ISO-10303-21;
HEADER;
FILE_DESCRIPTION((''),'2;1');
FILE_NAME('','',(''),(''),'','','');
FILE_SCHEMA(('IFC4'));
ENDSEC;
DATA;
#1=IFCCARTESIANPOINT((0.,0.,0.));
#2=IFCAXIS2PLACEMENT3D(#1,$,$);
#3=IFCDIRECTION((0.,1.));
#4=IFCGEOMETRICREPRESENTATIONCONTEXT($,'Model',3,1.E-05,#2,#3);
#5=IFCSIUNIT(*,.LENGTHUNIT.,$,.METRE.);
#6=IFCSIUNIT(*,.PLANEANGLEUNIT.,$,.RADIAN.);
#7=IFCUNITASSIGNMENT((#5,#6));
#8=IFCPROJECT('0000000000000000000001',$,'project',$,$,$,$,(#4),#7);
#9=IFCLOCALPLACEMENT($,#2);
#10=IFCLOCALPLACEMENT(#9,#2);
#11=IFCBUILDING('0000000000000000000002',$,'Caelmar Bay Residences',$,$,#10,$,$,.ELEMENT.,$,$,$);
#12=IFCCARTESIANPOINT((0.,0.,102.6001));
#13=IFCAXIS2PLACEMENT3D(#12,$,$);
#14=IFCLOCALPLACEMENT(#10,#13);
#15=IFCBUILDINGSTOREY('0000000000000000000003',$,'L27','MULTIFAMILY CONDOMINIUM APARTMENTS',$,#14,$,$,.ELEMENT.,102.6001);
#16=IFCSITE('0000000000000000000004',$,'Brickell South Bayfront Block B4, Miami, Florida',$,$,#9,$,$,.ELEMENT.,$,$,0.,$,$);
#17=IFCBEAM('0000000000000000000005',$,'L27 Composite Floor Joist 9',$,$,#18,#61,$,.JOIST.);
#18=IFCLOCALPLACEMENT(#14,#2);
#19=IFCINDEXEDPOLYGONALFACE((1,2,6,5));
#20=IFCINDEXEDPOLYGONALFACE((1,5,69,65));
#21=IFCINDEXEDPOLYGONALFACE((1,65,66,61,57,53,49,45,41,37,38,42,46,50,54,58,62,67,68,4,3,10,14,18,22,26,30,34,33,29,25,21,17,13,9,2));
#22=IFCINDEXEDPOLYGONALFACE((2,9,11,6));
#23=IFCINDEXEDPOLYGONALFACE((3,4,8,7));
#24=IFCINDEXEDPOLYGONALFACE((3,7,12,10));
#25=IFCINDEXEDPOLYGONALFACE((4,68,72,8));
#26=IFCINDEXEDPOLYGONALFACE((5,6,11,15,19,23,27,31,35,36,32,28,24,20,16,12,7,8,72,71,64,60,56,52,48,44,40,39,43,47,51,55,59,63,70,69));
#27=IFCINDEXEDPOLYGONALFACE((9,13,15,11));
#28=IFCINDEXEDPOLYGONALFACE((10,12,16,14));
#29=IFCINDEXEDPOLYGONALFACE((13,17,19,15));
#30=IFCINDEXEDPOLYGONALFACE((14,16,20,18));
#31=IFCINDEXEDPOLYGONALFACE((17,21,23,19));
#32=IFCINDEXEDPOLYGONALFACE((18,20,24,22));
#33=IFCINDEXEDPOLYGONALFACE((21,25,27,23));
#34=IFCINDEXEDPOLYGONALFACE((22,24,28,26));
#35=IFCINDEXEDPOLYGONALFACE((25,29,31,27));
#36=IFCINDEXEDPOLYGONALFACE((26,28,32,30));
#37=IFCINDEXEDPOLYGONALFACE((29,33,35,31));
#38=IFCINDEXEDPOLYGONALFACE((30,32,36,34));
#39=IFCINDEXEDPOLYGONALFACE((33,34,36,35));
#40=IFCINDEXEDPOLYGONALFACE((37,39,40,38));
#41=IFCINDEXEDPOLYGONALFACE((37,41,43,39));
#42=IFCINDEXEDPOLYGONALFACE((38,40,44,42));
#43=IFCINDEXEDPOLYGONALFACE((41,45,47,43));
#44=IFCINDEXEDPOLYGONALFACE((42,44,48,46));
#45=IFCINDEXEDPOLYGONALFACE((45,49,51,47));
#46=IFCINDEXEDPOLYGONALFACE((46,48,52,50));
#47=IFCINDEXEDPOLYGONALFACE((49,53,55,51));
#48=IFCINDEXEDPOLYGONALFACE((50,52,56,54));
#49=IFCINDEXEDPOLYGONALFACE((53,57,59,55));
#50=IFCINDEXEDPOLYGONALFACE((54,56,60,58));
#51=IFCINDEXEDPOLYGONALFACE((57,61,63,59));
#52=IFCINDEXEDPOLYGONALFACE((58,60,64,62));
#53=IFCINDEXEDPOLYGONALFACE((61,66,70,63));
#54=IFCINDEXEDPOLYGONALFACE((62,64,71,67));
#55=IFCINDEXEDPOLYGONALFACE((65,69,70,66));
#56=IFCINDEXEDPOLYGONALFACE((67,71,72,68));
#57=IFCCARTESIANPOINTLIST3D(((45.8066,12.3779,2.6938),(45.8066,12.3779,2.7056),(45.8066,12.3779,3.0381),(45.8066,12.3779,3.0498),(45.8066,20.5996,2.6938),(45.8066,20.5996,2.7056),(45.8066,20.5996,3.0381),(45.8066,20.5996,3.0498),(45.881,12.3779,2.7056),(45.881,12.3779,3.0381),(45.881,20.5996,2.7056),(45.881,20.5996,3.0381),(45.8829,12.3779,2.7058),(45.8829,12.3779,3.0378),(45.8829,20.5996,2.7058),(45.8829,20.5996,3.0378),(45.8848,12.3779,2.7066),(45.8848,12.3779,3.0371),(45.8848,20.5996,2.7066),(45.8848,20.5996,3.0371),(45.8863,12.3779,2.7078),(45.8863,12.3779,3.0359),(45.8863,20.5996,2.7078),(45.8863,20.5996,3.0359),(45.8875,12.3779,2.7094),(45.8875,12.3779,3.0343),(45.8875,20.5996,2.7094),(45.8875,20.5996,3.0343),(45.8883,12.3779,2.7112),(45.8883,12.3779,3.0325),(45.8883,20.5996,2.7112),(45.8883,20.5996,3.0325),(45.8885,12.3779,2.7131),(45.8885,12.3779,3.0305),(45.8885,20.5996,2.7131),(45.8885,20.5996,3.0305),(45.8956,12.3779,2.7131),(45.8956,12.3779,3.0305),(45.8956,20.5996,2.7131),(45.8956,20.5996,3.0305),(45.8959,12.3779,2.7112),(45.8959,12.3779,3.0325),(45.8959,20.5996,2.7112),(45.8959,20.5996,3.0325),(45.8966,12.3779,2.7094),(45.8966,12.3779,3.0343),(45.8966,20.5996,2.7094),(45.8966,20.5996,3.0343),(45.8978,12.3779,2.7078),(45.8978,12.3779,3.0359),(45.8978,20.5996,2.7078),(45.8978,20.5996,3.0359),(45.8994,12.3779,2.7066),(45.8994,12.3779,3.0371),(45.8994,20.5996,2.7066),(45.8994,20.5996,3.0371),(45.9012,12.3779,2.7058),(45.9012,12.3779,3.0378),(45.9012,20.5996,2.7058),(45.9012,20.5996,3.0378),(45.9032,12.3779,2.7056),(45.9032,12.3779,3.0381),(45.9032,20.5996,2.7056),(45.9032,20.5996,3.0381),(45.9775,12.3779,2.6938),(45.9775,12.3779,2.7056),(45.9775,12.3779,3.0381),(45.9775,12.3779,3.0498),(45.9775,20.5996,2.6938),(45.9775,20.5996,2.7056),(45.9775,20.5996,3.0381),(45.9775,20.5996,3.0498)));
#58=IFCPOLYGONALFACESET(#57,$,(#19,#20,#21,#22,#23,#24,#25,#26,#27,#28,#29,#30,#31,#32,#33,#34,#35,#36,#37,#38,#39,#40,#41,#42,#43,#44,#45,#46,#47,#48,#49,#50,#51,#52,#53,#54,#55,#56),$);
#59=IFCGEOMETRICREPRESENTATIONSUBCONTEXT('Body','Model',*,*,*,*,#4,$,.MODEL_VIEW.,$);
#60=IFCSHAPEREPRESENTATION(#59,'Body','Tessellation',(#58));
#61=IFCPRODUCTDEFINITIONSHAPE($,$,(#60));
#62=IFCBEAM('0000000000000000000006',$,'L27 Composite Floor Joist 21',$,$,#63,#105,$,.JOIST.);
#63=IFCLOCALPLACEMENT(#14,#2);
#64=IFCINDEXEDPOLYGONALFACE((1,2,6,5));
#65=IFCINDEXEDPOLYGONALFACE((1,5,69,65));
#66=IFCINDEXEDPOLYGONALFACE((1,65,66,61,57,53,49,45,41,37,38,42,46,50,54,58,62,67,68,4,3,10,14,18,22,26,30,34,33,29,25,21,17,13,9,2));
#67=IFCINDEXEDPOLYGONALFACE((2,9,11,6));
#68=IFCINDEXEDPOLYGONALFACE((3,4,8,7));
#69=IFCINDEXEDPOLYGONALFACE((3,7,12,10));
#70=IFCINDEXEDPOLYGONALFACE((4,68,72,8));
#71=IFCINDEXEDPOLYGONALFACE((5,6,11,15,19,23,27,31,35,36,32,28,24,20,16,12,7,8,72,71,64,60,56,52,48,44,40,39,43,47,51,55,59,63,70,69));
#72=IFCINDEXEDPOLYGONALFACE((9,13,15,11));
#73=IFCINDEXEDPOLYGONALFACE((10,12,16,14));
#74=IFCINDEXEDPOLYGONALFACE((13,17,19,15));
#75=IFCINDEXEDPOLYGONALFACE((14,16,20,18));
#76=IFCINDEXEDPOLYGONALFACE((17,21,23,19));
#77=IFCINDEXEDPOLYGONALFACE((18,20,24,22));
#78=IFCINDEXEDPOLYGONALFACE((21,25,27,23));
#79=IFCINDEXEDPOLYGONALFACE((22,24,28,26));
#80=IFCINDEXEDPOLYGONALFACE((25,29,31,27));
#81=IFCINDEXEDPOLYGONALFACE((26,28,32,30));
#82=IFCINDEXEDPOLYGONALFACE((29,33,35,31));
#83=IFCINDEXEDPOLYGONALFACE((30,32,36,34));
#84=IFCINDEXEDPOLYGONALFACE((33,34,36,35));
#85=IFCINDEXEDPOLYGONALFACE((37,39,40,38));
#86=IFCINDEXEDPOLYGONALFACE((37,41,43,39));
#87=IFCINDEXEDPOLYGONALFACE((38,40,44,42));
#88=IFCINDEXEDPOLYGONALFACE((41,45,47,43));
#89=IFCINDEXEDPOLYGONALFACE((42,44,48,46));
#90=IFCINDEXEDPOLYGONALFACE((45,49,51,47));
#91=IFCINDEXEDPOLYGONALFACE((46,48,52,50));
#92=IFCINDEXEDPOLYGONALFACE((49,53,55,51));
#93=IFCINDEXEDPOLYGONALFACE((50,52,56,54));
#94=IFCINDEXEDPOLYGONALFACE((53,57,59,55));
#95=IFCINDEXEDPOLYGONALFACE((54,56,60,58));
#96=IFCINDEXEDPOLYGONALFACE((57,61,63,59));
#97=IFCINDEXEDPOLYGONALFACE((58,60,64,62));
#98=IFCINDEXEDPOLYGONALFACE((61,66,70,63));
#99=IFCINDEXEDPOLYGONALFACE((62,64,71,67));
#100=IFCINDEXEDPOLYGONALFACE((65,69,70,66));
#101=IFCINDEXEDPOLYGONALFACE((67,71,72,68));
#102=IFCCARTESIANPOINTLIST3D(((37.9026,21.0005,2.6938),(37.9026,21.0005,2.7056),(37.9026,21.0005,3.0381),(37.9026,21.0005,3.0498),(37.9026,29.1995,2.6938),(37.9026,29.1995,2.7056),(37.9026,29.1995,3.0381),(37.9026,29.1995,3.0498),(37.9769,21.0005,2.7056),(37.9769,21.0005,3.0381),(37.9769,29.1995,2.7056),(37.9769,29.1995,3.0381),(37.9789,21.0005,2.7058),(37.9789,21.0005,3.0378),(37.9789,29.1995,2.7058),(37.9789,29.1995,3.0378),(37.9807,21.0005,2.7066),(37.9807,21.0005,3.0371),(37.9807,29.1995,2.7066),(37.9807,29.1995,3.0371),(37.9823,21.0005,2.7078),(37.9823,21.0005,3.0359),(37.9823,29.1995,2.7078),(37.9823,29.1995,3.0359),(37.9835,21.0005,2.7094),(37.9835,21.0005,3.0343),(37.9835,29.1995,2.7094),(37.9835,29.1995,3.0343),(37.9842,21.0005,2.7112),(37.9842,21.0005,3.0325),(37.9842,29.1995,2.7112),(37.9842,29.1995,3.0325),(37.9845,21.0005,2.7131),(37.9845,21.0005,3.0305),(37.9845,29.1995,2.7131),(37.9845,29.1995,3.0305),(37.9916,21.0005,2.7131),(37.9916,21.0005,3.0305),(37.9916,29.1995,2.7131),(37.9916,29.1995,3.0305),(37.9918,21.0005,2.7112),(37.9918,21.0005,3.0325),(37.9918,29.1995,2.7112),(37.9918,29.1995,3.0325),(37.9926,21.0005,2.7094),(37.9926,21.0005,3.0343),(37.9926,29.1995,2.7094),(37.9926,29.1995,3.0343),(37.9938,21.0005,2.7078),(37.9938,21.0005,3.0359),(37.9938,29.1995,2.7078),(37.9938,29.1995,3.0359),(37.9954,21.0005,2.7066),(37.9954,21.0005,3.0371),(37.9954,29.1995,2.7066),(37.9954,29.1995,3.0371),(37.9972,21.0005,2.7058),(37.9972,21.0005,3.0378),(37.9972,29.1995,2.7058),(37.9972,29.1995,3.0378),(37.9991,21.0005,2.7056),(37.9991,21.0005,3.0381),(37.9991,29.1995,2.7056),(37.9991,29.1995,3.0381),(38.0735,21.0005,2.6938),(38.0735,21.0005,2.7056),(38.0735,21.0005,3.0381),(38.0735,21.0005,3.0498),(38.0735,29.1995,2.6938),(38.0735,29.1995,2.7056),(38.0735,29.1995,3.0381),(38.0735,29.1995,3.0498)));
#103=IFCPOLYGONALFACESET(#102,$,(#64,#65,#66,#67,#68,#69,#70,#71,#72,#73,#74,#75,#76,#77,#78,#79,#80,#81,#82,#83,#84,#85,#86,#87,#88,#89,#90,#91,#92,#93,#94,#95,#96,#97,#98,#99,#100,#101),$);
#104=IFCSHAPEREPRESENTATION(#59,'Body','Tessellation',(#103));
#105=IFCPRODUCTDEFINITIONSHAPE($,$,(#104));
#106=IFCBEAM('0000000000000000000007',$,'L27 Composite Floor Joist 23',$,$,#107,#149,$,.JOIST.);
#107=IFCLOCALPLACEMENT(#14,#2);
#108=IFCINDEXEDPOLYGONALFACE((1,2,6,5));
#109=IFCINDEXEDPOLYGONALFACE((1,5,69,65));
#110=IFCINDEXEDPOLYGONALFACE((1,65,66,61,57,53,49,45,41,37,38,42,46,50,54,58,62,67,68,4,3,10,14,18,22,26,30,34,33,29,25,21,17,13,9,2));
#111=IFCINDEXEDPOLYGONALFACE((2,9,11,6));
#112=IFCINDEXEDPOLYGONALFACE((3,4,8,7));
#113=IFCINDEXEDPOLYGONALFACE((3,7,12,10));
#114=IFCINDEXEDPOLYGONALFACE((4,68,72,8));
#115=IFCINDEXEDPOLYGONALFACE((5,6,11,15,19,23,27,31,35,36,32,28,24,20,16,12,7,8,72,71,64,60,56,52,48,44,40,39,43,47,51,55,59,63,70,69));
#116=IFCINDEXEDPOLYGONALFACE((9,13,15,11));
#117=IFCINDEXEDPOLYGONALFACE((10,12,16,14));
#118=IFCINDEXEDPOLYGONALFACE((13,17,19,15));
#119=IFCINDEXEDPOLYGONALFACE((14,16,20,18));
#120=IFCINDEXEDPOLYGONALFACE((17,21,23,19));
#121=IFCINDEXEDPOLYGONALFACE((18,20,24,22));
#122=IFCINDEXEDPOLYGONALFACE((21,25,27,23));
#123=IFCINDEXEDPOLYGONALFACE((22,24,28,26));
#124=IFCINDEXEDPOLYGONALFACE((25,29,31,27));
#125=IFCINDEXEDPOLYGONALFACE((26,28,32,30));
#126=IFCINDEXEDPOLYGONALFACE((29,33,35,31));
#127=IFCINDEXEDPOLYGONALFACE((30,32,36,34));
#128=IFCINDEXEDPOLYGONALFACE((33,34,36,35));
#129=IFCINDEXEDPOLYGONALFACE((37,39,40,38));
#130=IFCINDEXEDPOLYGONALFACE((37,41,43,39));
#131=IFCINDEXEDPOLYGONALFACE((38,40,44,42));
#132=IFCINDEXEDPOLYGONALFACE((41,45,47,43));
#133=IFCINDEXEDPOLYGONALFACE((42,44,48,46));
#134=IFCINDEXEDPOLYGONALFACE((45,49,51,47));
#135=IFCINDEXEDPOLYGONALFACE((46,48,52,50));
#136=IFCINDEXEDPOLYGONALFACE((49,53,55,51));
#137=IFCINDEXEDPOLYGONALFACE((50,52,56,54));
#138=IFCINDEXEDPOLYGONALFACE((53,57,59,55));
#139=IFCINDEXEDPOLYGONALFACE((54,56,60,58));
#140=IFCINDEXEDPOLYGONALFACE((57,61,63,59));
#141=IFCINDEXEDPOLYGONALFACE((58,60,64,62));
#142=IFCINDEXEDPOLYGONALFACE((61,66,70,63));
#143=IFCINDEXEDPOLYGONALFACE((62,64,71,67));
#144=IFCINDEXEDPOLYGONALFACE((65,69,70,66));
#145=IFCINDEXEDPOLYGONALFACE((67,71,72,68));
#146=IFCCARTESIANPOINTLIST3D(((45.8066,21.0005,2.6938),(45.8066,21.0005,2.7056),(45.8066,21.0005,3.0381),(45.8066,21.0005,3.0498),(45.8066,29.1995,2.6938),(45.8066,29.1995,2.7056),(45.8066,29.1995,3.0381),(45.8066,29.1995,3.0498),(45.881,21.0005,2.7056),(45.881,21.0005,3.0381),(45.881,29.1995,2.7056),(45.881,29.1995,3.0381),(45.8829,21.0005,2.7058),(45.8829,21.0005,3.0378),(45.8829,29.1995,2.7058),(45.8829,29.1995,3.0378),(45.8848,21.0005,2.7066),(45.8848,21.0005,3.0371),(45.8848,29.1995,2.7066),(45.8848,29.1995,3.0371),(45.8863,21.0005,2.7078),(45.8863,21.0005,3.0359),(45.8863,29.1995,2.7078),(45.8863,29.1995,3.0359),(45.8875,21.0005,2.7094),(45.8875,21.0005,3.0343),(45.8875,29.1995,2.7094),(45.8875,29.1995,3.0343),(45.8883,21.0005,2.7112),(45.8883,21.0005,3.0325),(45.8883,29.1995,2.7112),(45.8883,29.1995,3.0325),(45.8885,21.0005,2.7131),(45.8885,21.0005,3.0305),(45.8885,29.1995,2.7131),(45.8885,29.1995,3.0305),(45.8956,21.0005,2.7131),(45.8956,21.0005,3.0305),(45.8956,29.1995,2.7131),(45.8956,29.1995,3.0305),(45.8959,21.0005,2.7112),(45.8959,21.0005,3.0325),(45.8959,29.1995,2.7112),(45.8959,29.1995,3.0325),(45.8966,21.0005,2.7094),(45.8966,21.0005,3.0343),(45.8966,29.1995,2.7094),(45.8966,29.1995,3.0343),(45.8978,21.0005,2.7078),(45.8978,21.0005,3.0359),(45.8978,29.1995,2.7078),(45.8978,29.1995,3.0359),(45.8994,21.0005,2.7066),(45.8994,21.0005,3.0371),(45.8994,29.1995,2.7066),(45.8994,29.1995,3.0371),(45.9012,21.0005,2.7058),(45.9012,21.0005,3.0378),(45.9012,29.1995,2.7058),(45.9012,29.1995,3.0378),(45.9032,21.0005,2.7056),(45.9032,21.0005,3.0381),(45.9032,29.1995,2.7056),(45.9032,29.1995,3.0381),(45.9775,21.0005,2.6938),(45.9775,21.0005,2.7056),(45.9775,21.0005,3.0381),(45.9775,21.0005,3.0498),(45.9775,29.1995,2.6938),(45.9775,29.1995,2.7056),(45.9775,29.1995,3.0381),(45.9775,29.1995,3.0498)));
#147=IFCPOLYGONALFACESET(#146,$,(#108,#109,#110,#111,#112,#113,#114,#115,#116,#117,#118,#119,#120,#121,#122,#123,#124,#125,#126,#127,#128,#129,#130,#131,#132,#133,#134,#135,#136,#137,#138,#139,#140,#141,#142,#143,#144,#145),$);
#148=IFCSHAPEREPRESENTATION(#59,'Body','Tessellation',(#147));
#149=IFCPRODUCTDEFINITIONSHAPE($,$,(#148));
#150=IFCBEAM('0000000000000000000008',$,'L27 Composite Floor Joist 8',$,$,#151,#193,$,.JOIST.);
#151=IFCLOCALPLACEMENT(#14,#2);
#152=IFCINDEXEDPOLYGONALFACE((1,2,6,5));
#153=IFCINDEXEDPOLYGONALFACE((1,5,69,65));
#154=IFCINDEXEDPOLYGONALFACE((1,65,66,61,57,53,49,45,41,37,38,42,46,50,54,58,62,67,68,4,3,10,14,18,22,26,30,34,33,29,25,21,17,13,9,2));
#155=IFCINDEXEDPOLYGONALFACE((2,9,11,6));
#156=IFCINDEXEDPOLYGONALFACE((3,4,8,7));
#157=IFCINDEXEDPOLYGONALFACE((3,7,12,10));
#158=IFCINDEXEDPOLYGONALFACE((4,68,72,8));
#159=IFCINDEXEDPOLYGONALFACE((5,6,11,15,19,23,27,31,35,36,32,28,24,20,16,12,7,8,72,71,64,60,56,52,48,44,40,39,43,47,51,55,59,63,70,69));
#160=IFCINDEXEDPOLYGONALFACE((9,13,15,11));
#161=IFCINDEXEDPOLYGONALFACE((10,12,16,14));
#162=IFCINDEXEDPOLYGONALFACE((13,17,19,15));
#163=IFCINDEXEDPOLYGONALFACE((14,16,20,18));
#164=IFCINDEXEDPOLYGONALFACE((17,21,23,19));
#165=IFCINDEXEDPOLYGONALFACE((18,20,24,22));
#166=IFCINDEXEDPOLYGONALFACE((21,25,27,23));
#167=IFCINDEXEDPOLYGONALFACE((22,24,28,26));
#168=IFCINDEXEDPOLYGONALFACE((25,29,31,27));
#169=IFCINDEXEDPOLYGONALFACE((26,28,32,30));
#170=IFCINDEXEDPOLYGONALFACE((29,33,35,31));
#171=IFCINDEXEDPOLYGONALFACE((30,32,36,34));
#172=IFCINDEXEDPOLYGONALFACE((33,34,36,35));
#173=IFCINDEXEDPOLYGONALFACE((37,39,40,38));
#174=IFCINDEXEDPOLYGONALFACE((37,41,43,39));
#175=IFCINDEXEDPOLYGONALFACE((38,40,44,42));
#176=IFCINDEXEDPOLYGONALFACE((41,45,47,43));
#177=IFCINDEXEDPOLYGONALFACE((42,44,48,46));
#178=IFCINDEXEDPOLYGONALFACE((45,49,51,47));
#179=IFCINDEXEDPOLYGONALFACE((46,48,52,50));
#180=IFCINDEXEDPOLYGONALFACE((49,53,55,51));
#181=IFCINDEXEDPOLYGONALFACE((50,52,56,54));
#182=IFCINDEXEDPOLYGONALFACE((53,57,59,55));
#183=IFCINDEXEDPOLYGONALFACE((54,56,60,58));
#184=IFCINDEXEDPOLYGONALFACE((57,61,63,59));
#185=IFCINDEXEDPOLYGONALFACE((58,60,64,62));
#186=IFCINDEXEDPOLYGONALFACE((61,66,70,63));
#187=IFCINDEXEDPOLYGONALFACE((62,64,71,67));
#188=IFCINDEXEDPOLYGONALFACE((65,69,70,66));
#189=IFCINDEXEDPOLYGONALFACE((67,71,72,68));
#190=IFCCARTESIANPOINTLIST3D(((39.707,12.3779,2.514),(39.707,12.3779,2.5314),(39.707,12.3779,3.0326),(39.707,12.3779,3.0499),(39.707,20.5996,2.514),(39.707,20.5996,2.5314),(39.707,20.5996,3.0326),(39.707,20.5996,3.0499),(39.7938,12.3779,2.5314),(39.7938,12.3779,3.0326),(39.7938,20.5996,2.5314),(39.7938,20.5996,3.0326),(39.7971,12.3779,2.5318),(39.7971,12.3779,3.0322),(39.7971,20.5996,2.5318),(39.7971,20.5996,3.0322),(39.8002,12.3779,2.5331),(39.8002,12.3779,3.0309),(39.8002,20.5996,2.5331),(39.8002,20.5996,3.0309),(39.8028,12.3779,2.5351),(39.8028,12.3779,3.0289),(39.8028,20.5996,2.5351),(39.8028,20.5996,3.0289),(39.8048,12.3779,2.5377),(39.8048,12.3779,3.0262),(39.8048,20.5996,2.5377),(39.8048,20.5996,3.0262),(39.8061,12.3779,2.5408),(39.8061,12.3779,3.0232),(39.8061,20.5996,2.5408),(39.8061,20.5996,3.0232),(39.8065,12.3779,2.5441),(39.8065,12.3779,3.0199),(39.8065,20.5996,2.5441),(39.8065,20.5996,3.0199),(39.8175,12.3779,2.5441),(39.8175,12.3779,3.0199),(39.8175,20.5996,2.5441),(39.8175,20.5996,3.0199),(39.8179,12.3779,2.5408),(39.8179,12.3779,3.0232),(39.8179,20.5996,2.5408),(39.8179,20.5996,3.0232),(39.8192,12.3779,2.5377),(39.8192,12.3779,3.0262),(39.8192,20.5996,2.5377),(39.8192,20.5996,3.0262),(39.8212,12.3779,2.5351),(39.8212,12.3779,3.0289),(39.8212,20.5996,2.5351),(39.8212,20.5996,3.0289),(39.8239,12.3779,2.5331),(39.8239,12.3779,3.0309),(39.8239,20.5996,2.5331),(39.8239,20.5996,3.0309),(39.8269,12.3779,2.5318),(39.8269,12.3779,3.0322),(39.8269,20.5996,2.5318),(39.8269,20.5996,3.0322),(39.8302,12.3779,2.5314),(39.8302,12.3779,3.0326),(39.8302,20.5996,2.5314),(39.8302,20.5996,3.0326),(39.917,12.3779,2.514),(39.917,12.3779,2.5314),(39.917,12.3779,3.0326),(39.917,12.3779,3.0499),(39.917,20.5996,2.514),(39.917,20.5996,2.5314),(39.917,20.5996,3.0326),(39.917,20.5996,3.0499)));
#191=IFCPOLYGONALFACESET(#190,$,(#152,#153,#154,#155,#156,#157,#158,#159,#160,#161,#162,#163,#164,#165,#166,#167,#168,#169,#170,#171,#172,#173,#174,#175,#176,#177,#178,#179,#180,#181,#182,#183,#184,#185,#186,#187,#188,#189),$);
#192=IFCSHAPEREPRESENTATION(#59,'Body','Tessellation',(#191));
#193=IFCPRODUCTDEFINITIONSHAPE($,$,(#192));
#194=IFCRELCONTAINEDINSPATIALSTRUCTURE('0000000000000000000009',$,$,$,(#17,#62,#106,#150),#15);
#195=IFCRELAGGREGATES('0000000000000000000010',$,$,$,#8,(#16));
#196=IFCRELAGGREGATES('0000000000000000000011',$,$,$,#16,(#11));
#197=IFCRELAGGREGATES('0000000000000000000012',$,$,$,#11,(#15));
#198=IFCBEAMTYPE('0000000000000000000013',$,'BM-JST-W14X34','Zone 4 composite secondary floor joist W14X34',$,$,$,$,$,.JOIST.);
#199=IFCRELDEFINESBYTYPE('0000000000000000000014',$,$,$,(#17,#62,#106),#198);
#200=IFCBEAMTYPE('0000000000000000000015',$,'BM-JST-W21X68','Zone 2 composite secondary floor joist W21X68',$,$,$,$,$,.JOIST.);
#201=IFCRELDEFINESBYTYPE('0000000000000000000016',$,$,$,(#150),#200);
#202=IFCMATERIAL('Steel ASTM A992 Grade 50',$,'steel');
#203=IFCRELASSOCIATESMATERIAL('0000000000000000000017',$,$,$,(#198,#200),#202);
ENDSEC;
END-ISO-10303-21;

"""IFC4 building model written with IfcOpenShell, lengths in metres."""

from ifc_helpers import new_model, si_unit, direction, frame, origin, origin_2d, place, context, subcontext, project, spatial, i_section, extrude, material, material_profile, profile_set, type_object, element, save


model = new_model("IFC4")

# Units and contexts
model_context = context("Model", 3, precision=1e-05, world=origin(), true_north=direction((0.0, 1.0)))
body_context = subcontext(model_context, "Body", "Model", "MODEL_VIEW")
ifc_project = project(units=[si_unit("LENGTHUNIT", "METRE"), si_unit("PLANEANGLEUNIT", "RADIAN")], contexts=[model_context])

# Site, building, storey
site_placement = place(None, origin())
site = spatial("IfcSite", under=ifc_project, at=site_placement, Name="Brickell South Bayfront Block B4, Miami, Florida", CompositionType="ELEMENT", RefElevation=0.0)
building_placement = place(site_placement, origin())
building = spatial("IfcBuilding", under=site, at=building_placement, Name="Caelmar Bay Residences", CompositionType="ELEMENT")
storey_placement = place(building_placement, frame((0.0, 0.0, 102.6001)))
storey = spatial("IfcBuildingStorey", under=building, at=storey_placement, Name="L27", Description="MULTIFAMILY CONDOMINIUM APARTMENTS", CompositionType="ELEMENT", Elevation=102.6001)

# Beams
ifc_material_1 = material(Name="Steel ASTM A992 Grade 50", Category="steel")
ifc_material_profile_1 = material_profile(ifc_material_1, i_section(OverallWidth=0.1709, OverallDepth=0.356, WebThickness=0.0071, FlangeThickness=0.0117, FilletRadius=0.0076, at=origin_2d()), Name="W14X34")
ifc_profile_set_1 = profile_set([ifc_material_profile_1], Name="Steel ASTM A992 Grade 50")
beam_type_1 = type_object("IfcBeamType", Name="BM-JST-W14X34", Description="Zone 4 composite secondary floor joist W14X34", PredefinedType="JOIST", material=ifc_profile_set_1)
for number, where, z_axis, x_axis, name in (
    (1, (45.8921, 12.3779, 2.8718), (0.0, 1.0, 0.0), (-1.0, 0.0, 0.0), "L27 Composite Floor Joist 9"),
):
    element("IfcBeam", number, at=place(storey_placement, frame(where, z_axis=z_axis, x_axis=x_axis)), inside=storey, type_object=beam_type_1, Name=name, PredefinedType="JOIST", context=body_context, shape_type="SweptSolid", body=[
        extrude(i_section(OverallWidth=0.1709, OverallDepth=0.356, WebThickness=0.0071, FlangeThickness=0.0117, FilletRadius=0.0076, at=origin_2d()), origin(), (0.0, 0.0, 1.0), 8.2217),
    ])
for number, where, z_axis, x_axis, name in (
    (2, (37.988, 21.0005, 2.8718), (0.0, 1.0, 0.0), (-1.0, 0.0, 0.0), "L27 Composite Floor Joist 21"),
    (3, (45.8921, 21.0005, 2.8718), (0.0, 1.0, 0.0), (-1.0, 0.0, 0.0), "L27 Composite Floor Joist 23"),
):
    element("IfcBeam", number, at=place(storey_placement, frame(where, z_axis=z_axis, x_axis=x_axis)), inside=storey, type_object=beam_type_1, Name=name, PredefinedType="JOIST", context=body_context, shape_type="SweptSolid", body=[
        extrude(i_section(OverallWidth=0.1709, OverallDepth=0.356, WebThickness=0.0071, FlangeThickness=0.0117, FilletRadius=0.0076, at=origin_2d()), origin(), (0.0, 0.0, 1.0), 8.199),
    ])
ifc_material_profile_2 = material_profile(ifc_material_1, i_section(OverallWidth=0.21, OverallDepth=0.5359, WebThickness=0.011, FlangeThickness=0.0173, FilletRadius=0.0127, at=origin_2d()), Name="W21X68")
ifc_profile_set_2 = profile_set([ifc_material_profile_2], Name="Steel ASTM A992 Grade 50")
beam_type_2 = type_object("IfcBeamType", Name="BM-JST-W21X68", Description="Zone 2 composite secondary floor joist W21X68", PredefinedType="JOIST", material=ifc_profile_set_2)
for number, where, z_axis, x_axis, name in (
    (4, (39.812, 12.3779, 2.782), (0.0, 1.0, 0.0), (-1.0, 0.0, 0.0), "L27 Composite Floor Joist 8"),
):
    element("IfcBeam", number, at=place(storey_placement, frame(where, z_axis=z_axis, x_axis=x_axis)), inside=storey, type_object=beam_type_2, Name=name, PredefinedType="JOIST", context=body_context, shape_type="SweptSolid", body=[
        extrude(i_section(OverallWidth=0.21, OverallDepth=0.5359, WebThickness=0.011, FlangeThickness=0.0173, FilletRadius=0.0127, at=origin_2d()), origin(), (0.0, 0.0, 1.0), 8.2217),
    ])

save(model, "model.ifc")
